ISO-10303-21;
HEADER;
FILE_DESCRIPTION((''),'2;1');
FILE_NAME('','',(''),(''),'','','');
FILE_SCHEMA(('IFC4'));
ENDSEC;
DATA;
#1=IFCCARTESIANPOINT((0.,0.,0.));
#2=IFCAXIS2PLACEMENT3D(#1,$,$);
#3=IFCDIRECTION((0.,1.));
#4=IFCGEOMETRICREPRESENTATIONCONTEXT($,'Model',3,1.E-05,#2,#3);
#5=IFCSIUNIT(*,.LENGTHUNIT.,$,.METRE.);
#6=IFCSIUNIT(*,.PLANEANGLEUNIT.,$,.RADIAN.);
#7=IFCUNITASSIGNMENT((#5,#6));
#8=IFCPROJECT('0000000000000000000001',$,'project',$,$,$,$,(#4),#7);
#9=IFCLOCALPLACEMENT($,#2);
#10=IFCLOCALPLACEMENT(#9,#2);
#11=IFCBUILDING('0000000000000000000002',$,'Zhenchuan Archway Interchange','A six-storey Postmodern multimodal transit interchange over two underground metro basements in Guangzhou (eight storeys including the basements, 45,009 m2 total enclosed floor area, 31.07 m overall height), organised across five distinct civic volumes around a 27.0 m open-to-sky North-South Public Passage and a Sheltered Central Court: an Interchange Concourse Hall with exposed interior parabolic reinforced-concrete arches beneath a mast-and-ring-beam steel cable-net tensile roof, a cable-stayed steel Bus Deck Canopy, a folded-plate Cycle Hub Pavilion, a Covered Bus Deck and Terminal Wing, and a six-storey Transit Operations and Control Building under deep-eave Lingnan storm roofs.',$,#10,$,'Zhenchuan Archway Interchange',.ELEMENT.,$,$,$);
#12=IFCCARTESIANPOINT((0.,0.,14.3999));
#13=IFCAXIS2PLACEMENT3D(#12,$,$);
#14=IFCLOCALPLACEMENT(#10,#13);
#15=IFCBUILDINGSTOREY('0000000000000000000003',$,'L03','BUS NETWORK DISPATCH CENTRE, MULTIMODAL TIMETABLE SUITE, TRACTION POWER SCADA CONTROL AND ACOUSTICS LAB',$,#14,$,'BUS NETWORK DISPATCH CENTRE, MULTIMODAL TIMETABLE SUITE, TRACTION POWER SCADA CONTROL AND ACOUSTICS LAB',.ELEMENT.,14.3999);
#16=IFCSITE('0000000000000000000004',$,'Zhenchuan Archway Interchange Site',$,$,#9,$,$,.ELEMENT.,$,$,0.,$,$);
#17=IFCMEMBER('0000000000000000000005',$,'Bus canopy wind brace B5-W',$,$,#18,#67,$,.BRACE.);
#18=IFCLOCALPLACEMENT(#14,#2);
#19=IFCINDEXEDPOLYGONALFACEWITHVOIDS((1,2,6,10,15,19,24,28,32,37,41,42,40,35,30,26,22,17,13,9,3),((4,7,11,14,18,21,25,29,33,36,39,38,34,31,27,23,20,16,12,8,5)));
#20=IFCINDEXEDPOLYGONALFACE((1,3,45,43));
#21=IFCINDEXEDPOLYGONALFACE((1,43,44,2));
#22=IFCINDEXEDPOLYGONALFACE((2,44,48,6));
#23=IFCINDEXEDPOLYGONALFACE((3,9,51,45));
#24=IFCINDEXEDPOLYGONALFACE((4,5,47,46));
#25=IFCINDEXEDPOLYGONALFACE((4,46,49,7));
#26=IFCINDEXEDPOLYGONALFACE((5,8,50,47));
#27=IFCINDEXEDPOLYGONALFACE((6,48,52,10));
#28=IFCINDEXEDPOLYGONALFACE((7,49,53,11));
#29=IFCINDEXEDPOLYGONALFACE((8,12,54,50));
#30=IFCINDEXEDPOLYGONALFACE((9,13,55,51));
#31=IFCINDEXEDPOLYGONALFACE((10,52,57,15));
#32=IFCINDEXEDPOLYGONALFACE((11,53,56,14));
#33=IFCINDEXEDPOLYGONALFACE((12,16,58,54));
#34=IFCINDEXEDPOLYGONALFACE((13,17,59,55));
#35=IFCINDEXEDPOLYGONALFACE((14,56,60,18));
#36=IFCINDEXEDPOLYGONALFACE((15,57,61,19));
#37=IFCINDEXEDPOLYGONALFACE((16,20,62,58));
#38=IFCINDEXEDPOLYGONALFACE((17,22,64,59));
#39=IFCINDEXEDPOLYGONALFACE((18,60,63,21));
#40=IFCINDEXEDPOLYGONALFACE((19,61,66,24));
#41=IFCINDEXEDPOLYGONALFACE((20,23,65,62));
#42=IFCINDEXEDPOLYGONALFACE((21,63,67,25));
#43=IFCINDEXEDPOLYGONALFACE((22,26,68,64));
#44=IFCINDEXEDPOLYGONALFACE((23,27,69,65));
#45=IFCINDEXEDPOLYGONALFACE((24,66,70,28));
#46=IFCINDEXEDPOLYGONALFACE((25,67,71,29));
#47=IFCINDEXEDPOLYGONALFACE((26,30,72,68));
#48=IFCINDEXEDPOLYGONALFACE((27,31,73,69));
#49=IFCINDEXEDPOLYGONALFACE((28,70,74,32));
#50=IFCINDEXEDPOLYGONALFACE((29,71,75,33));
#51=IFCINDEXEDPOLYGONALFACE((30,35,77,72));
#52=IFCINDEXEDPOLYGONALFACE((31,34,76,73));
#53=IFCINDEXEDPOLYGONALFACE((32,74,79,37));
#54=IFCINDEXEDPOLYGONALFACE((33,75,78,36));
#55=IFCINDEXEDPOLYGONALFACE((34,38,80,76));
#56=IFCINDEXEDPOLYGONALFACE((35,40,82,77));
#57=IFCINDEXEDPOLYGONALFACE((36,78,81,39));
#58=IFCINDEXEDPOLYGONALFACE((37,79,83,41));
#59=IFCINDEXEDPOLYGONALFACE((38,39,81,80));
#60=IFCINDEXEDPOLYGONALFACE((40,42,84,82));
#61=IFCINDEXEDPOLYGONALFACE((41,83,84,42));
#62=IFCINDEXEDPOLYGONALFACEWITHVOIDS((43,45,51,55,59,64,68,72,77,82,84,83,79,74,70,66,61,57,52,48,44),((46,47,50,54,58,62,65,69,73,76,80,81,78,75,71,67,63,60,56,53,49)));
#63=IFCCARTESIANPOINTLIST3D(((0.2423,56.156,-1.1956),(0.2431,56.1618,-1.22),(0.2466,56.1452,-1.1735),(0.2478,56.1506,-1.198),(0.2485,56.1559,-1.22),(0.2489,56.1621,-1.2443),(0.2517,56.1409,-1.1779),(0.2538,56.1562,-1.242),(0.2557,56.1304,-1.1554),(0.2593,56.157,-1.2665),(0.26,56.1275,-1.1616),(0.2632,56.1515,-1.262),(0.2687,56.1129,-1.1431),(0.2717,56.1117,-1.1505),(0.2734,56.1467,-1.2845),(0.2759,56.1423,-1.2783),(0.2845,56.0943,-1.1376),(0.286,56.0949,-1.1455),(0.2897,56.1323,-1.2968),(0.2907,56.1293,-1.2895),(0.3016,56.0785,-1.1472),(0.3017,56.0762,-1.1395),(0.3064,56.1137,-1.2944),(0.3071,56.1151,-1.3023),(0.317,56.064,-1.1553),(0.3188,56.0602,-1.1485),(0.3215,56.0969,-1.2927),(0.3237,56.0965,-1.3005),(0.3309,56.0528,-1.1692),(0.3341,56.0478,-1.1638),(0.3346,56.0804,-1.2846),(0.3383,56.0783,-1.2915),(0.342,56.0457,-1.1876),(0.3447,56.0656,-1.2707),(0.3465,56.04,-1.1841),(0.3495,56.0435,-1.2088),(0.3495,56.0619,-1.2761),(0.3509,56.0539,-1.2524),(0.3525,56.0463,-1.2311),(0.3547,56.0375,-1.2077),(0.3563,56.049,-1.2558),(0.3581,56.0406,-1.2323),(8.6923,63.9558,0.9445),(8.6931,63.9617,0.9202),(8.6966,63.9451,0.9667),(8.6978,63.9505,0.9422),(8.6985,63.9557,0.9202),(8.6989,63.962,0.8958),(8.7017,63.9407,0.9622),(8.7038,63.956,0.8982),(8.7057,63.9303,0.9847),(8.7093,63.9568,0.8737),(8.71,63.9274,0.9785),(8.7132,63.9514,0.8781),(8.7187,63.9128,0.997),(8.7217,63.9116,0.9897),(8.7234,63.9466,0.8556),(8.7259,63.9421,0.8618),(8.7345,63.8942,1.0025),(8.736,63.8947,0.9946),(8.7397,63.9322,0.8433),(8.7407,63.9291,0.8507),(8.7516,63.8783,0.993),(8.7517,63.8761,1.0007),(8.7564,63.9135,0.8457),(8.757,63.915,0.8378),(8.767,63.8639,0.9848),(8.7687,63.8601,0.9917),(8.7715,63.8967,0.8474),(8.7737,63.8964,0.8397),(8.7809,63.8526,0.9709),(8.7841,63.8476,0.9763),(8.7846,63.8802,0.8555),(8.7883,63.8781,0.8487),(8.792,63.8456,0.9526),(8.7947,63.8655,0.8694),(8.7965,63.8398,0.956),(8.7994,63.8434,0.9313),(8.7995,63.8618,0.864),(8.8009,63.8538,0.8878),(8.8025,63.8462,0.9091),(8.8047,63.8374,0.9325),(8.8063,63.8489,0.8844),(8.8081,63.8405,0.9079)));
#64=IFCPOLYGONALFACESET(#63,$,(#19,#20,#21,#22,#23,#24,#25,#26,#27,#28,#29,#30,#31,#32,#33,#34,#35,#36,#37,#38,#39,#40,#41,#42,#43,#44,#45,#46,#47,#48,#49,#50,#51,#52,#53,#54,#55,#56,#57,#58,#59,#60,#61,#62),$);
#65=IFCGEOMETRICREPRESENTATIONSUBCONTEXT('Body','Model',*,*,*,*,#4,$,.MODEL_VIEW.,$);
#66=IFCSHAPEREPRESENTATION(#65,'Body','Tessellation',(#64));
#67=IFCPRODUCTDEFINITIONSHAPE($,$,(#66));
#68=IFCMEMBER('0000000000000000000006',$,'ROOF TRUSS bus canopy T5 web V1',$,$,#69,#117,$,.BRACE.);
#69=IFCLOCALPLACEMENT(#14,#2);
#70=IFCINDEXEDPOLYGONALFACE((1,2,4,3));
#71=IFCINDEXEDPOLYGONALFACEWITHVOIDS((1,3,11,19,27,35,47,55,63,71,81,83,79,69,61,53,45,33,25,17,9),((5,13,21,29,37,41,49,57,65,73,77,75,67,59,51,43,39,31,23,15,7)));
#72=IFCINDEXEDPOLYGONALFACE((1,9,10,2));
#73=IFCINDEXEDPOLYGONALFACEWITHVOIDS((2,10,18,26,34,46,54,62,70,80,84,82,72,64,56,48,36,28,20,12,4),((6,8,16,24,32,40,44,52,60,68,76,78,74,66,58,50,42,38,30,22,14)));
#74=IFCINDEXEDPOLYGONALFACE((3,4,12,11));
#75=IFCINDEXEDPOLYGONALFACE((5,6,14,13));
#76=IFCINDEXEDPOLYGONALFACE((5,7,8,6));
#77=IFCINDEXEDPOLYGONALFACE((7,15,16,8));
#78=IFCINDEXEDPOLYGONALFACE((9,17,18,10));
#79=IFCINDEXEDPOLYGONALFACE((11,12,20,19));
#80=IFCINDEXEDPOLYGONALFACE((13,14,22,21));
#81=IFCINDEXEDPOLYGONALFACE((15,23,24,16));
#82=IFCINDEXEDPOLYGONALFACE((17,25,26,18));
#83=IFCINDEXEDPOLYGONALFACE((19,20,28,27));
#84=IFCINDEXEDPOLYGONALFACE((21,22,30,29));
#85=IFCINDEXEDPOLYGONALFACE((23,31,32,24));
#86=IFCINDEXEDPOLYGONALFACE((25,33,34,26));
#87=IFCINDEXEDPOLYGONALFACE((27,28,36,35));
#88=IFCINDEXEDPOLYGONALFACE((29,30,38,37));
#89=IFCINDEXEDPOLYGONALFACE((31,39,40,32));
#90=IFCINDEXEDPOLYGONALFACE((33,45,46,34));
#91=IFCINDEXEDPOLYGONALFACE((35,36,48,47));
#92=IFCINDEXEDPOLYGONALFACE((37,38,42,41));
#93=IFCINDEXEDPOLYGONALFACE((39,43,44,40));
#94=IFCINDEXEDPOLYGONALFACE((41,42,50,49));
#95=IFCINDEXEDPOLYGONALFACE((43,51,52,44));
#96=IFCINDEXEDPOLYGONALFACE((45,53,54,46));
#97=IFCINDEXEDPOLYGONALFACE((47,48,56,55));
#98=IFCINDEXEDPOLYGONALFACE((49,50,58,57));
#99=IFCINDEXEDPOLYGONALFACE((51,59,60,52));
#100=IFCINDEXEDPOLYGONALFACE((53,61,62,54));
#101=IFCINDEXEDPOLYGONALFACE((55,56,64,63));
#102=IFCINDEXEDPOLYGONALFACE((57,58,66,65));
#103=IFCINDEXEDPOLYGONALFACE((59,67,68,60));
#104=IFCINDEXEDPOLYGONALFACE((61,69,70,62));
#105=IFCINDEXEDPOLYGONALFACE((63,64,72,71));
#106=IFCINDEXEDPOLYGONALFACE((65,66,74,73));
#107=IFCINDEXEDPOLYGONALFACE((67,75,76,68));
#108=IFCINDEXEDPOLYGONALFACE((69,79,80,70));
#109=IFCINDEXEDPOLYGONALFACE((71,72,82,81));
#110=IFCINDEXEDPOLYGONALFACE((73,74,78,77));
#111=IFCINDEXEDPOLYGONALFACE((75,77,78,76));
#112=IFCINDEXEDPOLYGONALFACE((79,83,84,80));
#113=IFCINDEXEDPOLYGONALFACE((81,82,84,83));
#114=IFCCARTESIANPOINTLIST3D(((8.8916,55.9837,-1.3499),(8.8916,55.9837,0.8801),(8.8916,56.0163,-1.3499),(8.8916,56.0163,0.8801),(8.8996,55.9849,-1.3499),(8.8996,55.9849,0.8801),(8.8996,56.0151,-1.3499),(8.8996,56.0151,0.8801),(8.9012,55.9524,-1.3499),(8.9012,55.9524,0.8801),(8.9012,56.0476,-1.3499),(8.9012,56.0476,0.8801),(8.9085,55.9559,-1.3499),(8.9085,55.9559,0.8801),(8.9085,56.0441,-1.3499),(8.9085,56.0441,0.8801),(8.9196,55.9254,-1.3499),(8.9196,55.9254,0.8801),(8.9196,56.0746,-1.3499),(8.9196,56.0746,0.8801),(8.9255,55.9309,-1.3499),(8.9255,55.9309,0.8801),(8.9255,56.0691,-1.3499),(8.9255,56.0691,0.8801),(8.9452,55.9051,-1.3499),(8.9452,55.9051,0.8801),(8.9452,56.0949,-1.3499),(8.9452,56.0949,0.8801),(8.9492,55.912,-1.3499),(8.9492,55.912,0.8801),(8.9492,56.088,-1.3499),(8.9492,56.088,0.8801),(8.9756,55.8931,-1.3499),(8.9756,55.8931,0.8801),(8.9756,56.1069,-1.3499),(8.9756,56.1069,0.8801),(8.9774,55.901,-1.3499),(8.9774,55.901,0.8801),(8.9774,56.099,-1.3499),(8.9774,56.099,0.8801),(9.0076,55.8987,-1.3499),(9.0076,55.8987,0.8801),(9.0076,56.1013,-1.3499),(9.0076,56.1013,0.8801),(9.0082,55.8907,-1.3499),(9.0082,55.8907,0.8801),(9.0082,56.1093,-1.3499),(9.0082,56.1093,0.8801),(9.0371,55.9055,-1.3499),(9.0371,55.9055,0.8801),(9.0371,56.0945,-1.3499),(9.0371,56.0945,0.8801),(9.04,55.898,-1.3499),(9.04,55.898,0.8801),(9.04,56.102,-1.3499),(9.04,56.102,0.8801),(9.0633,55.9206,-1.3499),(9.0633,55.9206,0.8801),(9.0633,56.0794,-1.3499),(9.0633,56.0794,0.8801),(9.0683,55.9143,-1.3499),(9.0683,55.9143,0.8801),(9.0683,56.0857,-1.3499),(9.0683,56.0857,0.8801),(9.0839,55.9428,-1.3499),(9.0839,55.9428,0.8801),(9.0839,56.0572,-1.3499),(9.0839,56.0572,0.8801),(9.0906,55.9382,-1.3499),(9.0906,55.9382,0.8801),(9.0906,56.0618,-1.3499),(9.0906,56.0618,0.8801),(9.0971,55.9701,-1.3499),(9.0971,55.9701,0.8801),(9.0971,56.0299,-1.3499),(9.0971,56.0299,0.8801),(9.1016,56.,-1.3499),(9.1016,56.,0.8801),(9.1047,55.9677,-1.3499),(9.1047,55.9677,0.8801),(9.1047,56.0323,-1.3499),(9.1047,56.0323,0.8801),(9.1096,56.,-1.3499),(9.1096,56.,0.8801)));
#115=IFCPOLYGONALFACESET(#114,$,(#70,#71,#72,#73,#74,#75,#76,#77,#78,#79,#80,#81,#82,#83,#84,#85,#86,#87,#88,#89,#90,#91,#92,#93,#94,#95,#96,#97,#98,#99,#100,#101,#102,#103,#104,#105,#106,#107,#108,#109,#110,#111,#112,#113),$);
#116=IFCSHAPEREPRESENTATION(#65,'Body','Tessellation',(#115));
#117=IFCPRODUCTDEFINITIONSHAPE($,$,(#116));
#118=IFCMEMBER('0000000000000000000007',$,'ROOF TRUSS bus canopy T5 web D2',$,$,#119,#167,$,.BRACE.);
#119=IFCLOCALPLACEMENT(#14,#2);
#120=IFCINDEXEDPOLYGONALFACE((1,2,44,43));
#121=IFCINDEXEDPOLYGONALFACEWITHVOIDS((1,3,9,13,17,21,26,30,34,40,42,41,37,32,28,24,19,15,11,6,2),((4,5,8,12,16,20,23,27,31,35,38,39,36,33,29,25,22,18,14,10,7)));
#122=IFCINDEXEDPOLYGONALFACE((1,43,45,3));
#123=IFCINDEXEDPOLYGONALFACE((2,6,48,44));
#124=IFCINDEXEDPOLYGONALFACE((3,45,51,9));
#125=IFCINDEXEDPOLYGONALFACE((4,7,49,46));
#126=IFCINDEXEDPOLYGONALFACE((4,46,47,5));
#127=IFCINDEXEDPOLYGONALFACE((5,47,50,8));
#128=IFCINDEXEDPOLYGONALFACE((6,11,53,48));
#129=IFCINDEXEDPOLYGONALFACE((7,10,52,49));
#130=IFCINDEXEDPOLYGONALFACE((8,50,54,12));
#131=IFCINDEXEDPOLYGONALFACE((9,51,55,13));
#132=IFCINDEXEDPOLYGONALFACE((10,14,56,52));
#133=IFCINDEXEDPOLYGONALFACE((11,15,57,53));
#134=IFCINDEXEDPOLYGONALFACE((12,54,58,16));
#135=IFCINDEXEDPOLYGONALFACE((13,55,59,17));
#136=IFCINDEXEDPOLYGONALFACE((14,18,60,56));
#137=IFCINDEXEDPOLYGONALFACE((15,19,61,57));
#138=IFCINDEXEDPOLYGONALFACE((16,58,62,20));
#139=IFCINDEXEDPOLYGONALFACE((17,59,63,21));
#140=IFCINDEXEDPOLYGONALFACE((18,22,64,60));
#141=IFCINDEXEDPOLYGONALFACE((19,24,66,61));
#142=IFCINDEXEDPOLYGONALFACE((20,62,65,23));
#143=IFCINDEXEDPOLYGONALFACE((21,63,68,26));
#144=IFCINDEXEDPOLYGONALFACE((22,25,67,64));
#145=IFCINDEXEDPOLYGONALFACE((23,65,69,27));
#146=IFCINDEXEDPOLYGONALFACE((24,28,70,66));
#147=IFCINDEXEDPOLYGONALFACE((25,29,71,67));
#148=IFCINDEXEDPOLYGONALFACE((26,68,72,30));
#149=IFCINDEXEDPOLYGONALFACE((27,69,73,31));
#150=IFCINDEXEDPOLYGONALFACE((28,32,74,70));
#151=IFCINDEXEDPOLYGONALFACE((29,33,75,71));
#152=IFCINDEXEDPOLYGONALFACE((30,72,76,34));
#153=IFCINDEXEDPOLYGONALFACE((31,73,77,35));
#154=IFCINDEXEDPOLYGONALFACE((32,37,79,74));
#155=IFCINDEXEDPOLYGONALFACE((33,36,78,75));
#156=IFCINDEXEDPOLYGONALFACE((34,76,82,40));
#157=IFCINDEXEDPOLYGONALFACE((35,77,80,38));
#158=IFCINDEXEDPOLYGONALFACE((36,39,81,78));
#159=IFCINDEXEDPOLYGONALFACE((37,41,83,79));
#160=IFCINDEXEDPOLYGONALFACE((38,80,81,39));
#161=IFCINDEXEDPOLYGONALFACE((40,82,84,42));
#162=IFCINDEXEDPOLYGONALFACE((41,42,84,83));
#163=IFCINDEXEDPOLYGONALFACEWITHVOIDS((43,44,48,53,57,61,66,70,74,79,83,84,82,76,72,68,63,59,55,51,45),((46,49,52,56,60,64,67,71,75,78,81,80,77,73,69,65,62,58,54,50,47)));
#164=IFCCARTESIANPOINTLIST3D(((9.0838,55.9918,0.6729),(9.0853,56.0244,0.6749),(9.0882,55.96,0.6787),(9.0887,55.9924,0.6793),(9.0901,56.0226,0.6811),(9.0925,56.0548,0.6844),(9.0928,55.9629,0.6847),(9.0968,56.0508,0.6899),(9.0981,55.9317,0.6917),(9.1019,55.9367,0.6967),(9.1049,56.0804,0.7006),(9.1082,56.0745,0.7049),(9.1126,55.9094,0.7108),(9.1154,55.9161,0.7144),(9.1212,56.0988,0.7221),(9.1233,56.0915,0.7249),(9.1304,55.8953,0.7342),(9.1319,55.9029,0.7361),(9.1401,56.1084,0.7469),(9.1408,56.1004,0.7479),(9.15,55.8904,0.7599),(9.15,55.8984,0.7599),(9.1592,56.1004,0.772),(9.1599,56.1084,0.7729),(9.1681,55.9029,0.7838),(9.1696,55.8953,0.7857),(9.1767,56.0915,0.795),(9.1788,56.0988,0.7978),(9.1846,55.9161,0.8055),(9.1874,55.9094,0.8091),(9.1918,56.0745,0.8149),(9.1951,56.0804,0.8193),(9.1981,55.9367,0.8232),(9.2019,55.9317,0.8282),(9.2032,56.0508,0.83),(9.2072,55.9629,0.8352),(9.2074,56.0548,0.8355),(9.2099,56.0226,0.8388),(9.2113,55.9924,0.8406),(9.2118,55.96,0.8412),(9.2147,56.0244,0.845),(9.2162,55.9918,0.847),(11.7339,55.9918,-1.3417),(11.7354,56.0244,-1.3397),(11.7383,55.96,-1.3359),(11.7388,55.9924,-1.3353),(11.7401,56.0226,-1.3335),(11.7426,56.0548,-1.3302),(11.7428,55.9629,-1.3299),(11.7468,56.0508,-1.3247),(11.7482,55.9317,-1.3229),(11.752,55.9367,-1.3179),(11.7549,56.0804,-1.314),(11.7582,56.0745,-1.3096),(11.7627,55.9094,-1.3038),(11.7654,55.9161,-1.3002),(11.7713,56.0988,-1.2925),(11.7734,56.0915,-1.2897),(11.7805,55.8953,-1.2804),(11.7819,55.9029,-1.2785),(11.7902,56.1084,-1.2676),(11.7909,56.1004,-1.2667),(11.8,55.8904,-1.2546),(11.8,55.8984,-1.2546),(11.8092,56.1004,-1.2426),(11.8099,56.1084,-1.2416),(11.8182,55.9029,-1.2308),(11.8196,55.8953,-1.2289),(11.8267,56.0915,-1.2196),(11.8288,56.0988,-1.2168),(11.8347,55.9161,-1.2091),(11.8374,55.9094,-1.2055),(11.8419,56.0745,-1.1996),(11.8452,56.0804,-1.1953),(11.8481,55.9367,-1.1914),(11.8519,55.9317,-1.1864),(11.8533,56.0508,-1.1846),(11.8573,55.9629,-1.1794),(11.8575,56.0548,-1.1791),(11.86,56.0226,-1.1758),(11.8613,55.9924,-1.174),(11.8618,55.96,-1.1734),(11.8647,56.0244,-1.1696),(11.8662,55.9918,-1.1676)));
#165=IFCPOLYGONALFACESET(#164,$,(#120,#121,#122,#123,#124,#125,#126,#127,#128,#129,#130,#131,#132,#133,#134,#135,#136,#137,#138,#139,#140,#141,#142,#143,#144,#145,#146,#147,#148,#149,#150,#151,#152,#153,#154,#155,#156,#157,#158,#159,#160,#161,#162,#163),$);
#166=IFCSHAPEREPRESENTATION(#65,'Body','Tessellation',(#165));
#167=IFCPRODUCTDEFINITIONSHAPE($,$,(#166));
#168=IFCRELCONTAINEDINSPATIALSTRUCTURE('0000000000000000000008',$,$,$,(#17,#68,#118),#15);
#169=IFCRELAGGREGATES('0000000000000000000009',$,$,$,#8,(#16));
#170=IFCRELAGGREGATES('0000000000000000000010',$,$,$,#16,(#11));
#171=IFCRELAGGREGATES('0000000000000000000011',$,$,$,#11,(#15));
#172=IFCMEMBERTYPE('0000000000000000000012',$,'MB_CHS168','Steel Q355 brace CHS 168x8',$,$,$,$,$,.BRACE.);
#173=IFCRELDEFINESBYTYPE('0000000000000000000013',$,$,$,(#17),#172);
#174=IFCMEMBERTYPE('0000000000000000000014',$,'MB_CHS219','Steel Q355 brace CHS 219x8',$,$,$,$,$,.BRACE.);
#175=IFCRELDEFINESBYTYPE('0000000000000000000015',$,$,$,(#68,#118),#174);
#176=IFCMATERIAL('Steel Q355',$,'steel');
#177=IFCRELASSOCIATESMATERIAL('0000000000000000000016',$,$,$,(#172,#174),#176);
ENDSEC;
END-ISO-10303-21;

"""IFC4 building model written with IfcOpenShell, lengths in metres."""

from ifc_helpers import new_model, si_unit, direction, frame, origin, origin_2d, place, context, subcontext, project, spatial, hollow_circle, extrude, material, material_profile, profile_set, type_object, element, save


model = new_model("IFC4")

# Units and contexts
model_context = context("Model", 3, precision=1e-05, world=origin(), true_north=direction((0.0, 1.0)))
body_context = subcontext(model_context, "Body", "Model", "MODEL_VIEW")
ifc_project = project(units=[si_unit("LENGTHUNIT", "METRE"), si_unit("PLANEANGLEUNIT", "RADIAN")], contexts=[model_context])

# Site, building, storey
site_placement = place(None, origin())
site = spatial("IfcSite", under=ifc_project, at=site_placement, Name="Zhenchuan Archway Interchange Site", CompositionType="ELEMENT", RefElevation=0.0)
building_placement = place(site_placement, origin())
building = spatial("IfcBuilding", under=site, at=building_placement, Name="Zhenchuan Archway Interchange", Description="A six-storey Postmodern multimodal transit interchange over two underground metro basements in Guangzhou (eight storeys including the basements, 45,009 m2 total enclosed floor area, 31.07 m overall height), organised across five distinct civic volumes around a 27.0 m open-to-sky North-South Public Passage and a Sheltered Central Court: an Interchange Concourse Hall with exposed interior parabolic reinforced-concrete arches beneath a mast-and-ring-beam steel cable-net tensile roof, a cable-stayed steel Bus Deck Canopy, a folded-plate Cycle Hub Pavilion, a Covered Bus Deck and Terminal Wing, and a six-storey Transit Operations and Control Building under deep-eave Lingnan storm roofs.", LongName="Zhenchuan Archway Interchange", CompositionType="ELEMENT")
storey_placement = place(building_placement, frame((0.0, 0.0, 14.3999)))
storey = spatial("IfcBuildingStorey", under=building, at=storey_placement, Name="L03", Description="BUS NETWORK DISPATCH CENTRE, MULTIMODAL TIMETABLE SUITE, TRACTION POWER SCADA CONTROL AND ACOUSTICS LAB", LongName="BUS NETWORK DISPATCH CENTRE, MULTIMODAL TIMETABLE SUITE, TRACTION POWER SCADA CONTROL AND ACOUSTICS LAB", CompositionType="ELEMENT", Elevation=14.3999)

# Shared definitions
ifc_material_1 = material(Name="Steel Q355", Category="steel")

# Members
ifc_material_profile_1 = material_profile(ifc_material_1, hollow_circle(Radius=0.084, WallThickness=0.0081, at=origin_2d()), Name="CHS 168x8")
ifc_profile_set_1 = profile_set([ifc_material_profile_1], Name="Steel Q355")
member_type_1 = type_object("IfcMemberType", Name="MB_CHS168", Description="Steel Q355 brace CHS 168x8", PredefinedType="BRACE", material=ifc_profile_set_1)
member_1_placement = place(storey_placement, frame((0.3, 56.1001, -1.22), z_axis=(0.722406, 0.666823, 0.182965), x_axis=(-0.678273, 0.73481, 0.0)))
element("IfcMember", 1, at=member_1_placement, inside=storey, type_object=member_type_1, Name="Bus canopy wind brace B5-W", PredefinedType="BRACE", context=body_context, shape_type="SweptSolid", body=[
    extrude(hollow_circle(Radius=0.084, WallThickness=0.0081, at=origin_2d()), origin(), (0.0, 0.0, 1.0), 11.697),
])
ifc_material_profile_2 = material_profile(ifc_material_1, hollow_circle(Radius=0.1096, WallThickness=0.0081, at=origin_2d()), Name="CHS 219x8")
ifc_profile_set_2 = profile_set([ifc_material_profile_2], Name="Steel Q355")
member_type_2 = type_object("IfcMemberType", Name="MB_CHS219", Description="Steel Q355 brace CHS 219x8", PredefinedType="BRACE", material=ifc_profile_set_2)
member_2_placement = place(storey_placement, frame((9.0, 56.0, -1.3499), z_axis=(0.0, 0.0, 1.0), x_axis=(1.0, 0.0, 0.0)))
element("IfcMember", 2, at=member_2_placement, inside=storey, type_object=member_type_2, Name="ROOF TRUSS bus canopy T5 web V1", PredefinedType="BRACE", context=body_context, shape_type="SweptSolid", body=[
    extrude(hollow_circle(Radius=0.1096, WallThickness=0.0081, at=origin_2d()), origin(), (0.0, 0.0, 1.0), 2.23),
])
member_3_placement = place(storey_placement, frame((11.8, 56.0, -1.2546), z_axis=(-0.796084, 0.0, 0.605186), x_axis=(0.0, -1.0, 0.0)))
element("IfcMember", 3, at=member_3_placement, inside=storey, type_object=member_type_2, Name="ROOF TRUSS bus canopy T5 web D2", PredefinedType="BRACE", context=body_context, shape_type="SweptSolid", body=[
    extrude(hollow_circle(Radius=0.1096, WallThickness=0.0081, at=origin_2d()), origin(), (0.0, 0.0, 1.0), 3.3289),
])

save(model, "model.ifc")
